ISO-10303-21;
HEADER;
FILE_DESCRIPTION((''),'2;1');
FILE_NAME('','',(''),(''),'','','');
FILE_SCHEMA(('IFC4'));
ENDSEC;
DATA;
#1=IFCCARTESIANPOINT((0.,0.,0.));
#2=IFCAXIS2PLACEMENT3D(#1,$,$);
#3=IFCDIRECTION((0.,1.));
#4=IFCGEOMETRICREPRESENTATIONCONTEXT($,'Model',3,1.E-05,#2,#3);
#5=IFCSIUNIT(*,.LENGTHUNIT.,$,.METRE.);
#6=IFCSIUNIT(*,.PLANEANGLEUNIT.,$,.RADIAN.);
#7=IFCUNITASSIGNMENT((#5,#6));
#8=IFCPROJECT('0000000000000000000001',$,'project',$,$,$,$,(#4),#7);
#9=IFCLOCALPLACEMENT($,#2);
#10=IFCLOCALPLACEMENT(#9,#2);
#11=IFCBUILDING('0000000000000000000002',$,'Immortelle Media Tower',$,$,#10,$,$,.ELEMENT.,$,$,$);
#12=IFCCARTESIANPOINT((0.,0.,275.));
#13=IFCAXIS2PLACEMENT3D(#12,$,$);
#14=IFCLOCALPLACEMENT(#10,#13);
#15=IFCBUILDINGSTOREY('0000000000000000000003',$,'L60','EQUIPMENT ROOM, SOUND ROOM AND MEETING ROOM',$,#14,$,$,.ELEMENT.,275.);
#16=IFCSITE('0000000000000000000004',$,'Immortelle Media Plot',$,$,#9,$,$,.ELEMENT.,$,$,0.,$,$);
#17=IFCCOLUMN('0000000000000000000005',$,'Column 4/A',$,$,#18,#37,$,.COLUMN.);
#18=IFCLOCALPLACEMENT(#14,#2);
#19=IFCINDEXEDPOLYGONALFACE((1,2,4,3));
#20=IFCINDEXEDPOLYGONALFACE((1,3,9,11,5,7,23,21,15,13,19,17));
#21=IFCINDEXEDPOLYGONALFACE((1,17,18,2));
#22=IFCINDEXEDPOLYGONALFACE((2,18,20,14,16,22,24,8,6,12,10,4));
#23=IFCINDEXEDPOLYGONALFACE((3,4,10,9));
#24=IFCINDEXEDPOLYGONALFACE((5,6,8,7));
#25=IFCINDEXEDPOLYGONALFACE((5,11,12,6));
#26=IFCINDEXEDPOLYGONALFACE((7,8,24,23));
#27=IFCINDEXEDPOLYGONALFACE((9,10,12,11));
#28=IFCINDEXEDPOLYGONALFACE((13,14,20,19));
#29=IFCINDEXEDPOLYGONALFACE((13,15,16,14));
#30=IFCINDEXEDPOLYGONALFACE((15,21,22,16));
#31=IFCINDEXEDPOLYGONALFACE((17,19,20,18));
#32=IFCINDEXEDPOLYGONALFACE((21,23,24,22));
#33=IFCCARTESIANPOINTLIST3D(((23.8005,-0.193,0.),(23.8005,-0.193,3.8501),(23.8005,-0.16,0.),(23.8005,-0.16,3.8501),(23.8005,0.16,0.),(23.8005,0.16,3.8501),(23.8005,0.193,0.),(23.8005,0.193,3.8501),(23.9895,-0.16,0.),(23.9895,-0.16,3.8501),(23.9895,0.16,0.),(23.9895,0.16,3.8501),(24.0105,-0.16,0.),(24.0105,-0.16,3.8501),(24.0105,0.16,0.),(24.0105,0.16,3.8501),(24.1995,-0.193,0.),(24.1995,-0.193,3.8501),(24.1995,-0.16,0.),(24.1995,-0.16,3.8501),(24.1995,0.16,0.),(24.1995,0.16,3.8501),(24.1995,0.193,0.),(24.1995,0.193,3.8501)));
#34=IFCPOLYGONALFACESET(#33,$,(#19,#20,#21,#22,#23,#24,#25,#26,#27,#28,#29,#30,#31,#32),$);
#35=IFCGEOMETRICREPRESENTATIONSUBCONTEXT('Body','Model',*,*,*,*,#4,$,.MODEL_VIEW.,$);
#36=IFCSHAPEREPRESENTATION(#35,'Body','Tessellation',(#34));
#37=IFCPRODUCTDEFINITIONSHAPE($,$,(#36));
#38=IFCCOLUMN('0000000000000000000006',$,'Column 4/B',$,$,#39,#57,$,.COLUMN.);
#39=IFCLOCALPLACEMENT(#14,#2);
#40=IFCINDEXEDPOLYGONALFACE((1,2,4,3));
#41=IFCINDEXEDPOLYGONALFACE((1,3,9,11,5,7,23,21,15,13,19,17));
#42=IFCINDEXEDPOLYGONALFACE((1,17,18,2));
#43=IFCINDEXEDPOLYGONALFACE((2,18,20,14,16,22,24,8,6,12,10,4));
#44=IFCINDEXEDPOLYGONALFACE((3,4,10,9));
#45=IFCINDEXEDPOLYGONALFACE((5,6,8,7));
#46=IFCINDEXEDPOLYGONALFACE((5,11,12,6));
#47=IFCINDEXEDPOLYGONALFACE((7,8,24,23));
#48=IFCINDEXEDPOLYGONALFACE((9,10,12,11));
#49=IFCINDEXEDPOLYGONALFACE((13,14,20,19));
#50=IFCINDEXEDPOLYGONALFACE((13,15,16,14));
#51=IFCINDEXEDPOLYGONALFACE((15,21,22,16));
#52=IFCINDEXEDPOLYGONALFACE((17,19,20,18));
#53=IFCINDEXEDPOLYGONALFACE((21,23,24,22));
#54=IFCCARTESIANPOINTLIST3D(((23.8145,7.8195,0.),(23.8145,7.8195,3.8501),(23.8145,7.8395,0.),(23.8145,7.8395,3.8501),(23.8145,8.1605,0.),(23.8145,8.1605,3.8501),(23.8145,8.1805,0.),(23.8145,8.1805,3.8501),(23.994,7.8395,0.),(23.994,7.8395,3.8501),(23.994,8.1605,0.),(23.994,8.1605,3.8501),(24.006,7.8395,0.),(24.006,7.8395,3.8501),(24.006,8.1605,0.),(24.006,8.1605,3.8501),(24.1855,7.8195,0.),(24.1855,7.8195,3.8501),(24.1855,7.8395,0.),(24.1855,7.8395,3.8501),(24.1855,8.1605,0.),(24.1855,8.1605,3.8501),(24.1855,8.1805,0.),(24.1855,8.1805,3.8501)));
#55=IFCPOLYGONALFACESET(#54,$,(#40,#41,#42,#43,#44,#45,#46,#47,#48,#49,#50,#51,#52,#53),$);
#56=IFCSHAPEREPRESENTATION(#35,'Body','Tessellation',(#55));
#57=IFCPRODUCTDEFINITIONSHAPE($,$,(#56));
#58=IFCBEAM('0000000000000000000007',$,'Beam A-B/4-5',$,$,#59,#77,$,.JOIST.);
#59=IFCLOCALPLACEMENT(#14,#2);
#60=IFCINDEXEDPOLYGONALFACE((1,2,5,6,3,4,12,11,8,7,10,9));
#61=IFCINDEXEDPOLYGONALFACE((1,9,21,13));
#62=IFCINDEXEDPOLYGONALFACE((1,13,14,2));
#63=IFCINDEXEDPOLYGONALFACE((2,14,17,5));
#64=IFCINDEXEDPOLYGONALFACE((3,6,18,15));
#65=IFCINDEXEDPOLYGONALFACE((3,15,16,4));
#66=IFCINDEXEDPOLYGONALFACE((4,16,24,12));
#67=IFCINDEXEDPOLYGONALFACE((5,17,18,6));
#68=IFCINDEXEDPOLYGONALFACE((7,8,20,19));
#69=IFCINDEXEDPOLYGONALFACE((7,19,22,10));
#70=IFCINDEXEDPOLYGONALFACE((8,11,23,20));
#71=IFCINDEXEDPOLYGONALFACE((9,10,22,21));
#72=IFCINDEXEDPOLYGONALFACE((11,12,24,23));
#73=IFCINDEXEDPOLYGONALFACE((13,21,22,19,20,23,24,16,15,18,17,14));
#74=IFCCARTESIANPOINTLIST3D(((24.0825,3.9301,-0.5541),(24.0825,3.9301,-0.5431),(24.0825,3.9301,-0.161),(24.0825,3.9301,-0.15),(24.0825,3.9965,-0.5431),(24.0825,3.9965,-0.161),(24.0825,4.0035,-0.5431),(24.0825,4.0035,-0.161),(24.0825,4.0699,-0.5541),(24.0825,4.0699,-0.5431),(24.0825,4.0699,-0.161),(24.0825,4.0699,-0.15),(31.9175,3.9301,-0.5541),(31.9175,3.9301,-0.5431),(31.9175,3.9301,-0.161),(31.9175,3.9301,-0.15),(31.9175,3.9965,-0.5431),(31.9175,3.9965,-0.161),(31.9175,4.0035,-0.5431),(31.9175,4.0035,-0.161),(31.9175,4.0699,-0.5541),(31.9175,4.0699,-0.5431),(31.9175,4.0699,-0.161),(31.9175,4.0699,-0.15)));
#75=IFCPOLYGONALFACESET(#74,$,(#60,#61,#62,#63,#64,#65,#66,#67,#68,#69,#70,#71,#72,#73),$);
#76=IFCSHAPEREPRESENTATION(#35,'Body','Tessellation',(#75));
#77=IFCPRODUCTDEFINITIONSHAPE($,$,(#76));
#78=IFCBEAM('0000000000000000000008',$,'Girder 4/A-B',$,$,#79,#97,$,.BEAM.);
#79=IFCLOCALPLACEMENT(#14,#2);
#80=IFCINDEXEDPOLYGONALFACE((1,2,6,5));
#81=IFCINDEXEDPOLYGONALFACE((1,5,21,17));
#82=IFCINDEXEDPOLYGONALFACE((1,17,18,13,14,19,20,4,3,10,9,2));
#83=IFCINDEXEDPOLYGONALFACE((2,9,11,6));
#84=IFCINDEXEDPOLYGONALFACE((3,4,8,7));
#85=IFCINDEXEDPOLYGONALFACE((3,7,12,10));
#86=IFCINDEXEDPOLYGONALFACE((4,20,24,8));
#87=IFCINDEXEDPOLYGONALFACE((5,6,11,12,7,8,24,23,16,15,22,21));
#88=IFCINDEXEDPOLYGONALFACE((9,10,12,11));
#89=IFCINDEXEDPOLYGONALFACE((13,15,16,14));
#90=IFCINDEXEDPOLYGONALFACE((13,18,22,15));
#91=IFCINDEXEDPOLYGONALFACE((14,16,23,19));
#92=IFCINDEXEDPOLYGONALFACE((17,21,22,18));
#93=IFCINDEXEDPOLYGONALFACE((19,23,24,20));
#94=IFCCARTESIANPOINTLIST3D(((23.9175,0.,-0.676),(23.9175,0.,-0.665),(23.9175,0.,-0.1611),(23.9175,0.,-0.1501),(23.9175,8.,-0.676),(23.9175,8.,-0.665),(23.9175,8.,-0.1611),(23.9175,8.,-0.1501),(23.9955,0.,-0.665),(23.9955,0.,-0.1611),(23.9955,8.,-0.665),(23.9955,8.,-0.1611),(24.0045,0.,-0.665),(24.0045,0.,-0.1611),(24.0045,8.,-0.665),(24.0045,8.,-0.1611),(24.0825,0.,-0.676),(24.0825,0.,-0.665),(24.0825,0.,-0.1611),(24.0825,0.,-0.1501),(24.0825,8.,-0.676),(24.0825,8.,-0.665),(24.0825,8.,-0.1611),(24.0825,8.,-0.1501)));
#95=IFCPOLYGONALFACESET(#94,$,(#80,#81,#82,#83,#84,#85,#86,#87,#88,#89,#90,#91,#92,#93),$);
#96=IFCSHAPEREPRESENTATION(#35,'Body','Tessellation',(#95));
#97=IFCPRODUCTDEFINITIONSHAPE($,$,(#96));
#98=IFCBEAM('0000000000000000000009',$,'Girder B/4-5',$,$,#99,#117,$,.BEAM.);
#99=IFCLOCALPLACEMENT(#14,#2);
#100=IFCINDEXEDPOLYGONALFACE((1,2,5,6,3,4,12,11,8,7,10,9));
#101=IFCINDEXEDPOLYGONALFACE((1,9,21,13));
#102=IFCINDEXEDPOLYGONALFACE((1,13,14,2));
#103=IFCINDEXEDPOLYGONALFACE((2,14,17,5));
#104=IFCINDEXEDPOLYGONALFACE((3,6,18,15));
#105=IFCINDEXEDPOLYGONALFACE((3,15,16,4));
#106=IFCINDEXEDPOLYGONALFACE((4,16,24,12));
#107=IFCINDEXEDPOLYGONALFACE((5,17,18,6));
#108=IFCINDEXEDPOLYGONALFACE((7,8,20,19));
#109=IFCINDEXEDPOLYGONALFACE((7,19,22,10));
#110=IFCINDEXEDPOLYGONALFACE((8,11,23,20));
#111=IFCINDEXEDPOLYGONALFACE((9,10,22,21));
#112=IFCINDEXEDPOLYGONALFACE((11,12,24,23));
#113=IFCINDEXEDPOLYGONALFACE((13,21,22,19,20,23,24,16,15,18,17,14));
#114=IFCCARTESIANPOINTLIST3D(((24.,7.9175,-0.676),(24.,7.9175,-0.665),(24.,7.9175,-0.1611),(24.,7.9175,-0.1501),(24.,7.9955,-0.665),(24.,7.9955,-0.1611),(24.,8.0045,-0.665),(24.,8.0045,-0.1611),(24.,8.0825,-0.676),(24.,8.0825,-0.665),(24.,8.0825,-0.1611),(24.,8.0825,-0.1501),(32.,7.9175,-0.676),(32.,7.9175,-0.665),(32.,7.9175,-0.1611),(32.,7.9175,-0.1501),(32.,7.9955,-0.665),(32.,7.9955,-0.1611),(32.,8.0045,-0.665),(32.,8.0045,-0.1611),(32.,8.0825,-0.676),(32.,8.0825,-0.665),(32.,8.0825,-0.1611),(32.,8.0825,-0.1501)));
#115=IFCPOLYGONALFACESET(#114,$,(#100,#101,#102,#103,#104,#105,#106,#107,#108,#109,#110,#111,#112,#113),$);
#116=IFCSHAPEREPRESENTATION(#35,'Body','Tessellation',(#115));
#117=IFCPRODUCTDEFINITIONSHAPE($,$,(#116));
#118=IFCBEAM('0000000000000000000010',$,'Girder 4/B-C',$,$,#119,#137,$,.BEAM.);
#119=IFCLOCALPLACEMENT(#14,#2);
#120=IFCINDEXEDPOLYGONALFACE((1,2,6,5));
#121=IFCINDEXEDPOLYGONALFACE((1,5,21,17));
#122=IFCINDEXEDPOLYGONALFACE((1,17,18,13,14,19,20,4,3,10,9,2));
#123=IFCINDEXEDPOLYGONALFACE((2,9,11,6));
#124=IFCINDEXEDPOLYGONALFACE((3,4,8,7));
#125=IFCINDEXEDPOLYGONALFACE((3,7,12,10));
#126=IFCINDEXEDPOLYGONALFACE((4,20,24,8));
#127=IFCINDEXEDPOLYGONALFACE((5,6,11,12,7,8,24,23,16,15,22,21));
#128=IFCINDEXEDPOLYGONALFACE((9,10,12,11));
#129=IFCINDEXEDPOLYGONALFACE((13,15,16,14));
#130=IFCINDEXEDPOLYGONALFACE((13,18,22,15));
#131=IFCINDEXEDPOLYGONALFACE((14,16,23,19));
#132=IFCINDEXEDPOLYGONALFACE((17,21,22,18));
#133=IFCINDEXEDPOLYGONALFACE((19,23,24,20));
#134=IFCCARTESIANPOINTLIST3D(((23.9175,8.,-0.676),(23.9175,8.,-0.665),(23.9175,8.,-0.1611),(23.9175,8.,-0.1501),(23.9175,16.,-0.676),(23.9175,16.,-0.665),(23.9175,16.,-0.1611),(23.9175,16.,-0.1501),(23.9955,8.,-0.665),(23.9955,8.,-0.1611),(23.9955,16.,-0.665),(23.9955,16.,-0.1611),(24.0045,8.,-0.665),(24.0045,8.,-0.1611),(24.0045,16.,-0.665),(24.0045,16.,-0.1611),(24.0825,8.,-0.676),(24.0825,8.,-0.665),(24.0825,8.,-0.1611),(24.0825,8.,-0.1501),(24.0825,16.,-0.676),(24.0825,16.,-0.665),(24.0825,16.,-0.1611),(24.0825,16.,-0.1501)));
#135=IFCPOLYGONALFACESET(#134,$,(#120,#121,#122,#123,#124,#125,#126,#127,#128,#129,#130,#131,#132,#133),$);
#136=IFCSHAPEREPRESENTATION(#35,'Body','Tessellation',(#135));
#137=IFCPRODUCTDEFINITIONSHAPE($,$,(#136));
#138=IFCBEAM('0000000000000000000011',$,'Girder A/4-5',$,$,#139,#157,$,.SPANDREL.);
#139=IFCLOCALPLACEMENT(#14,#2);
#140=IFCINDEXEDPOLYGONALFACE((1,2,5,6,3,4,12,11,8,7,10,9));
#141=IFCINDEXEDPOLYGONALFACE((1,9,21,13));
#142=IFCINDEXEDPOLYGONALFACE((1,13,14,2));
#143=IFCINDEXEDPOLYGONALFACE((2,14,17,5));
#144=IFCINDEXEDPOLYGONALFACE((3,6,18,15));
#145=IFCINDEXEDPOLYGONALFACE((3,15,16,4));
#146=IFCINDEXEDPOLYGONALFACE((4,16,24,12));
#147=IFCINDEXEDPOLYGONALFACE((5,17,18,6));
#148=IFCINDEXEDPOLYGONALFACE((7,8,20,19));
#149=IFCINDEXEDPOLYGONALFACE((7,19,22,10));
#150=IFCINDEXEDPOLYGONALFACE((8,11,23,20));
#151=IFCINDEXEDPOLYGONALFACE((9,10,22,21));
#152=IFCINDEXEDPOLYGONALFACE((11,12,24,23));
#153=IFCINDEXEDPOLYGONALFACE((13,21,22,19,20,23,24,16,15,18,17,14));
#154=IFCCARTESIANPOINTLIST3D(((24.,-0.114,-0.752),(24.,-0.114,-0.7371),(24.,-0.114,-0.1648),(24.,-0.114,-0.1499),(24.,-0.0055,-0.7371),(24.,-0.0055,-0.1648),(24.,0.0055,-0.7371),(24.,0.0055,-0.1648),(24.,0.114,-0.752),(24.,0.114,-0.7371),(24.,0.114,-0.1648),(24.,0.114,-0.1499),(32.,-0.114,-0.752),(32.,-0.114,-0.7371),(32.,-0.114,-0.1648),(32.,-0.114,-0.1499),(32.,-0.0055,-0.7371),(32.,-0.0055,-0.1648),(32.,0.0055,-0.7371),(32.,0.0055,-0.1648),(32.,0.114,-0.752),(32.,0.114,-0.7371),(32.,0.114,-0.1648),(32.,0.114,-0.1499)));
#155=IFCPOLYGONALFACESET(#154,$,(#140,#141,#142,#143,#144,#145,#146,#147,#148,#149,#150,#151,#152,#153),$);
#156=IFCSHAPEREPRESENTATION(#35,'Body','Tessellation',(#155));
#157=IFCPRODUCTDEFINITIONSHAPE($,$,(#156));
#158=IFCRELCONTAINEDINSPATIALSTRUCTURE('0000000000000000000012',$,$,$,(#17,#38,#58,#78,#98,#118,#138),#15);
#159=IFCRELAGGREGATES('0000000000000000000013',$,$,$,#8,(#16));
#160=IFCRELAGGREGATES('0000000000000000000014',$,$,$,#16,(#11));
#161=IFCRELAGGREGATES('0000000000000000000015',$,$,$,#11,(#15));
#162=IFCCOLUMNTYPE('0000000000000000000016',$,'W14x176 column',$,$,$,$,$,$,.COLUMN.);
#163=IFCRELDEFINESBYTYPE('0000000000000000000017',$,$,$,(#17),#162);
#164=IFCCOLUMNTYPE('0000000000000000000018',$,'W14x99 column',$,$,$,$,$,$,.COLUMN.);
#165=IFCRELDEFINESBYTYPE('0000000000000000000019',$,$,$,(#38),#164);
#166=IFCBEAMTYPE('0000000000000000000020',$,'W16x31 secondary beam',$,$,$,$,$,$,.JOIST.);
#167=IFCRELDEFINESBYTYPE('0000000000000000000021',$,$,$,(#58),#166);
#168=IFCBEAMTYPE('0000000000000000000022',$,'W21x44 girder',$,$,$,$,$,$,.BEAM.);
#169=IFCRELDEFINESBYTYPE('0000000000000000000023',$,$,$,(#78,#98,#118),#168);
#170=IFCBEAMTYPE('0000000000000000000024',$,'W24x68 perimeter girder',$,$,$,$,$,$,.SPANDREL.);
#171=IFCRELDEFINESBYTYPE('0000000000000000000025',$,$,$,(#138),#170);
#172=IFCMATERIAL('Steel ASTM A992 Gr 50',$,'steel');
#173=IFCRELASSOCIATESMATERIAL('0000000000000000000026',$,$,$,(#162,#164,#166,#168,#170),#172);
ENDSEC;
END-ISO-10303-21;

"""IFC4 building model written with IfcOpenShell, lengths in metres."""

from ifc_helpers import new_model, si_unit, direction, frame, origin, origin_2d, place, context, subcontext, project, spatial, i_section, extrude, material, material_profile, profile_set, type_object, element, save


model = new_model("IFC4")

# Units and contexts
model_context = context("Model", 3, precision=1e-05, world=origin(), true_north=direction((0.0, 1.0)))
body_context = subcontext(model_context, "Body", "Model", "MODEL_VIEW")
ifc_project = project(units=[si_unit("LENGTHUNIT", "METRE"), si_unit("PLANEANGLEUNIT", "RADIAN")], contexts=[model_context])

# Site, building, storey
site_placement = place(None, origin())
site = spatial("IfcSite", under=ifc_project, at=site_placement, Name="Immortelle Media Plot", CompositionType="ELEMENT", RefElevation=0.0)
building_placement = place(site_placement, origin())
building = spatial("IfcBuilding", under=site, at=building_placement, Name="Immortelle Media Tower", CompositionType="ELEMENT")
storey_placement = place(building_placement, frame((0.0, 0.0, 275.0)))
storey = spatial("IfcBuildingStorey", under=building, at=storey_placement, Name="L60", Description="EQUIPMENT ROOM, SOUND ROOM AND MEETING ROOM", CompositionType="ELEMENT", Elevation=275.0)

# Columns
ifc_material_1 = material(Name="Steel ASTM A992 Gr 50", Category="steel")
ifc_material_profile_1 = material_profile(ifc_material_1, i_section(OverallWidth=0.3989, OverallDepth=0.386, WebThickness=0.021, FlangeThickness=0.033, at=origin_2d()), Name="W14x176")
ifc_profile_set_1 = profile_set([ifc_material_profile_1], Name="Steel ASTM A992 Gr 50")
column_type_1 = type_object("IfcColumnType", Name="W14x176 column", PredefinedType="COLUMN", material=ifc_profile_set_1)
column_1_placement = place(storey_placement, frame((24.0, 0.0, 0.0), z_axis=(0.0, 0.0, 1.0), x_axis=(1.0, 0.0, 0.0)))
element("IfcColumn", 1, at=column_1_placement, inside=storey, type_object=column_type_1, Name="Column 4/A", PredefinedType="COLUMN", context=body_context, shape_type="SweptSolid", body=[
    extrude(i_section(OverallWidth=0.3989, OverallDepth=0.386, WebThickness=0.021, FlangeThickness=0.033, at=origin_2d()), origin(), (0.0, 0.0, 1.0), 3.8501),
])
ifc_material_profile_2 = material_profile(ifc_material_1, i_section(OverallWidth=0.3711, OverallDepth=0.3611, WebThickness=0.012, FlangeThickness=0.02, at=origin_2d()), Name="W14x99")
ifc_profile_set_2 = profile_set([ifc_material_profile_2], Name="Steel ASTM A992 Gr 50")
column_type_2 = type_object("IfcColumnType", Name="W14x99 column", PredefinedType="COLUMN", material=ifc_profile_set_2)
column_2_placement = place(storey_placement, frame((24.0, 8.0, 0.0), z_axis=(0.0, 0.0, 1.0), x_axis=(1.0, 0.0, 0.0)))
element("IfcColumn", 2, at=column_2_placement, inside=storey, type_object=column_type_2, Name="Column 4/B", PredefinedType="COLUMN", context=body_context, shape_type="SweptSolid", body=[
    extrude(i_section(OverallWidth=0.3711, OverallDepth=0.3611, WebThickness=0.012, FlangeThickness=0.02, at=origin_2d()), origin(), (0.0, 0.0, 1.0), 3.8501),
])

# Beams
ifc_material_profile_3 = material_profile(ifc_material_1, i_section(OverallWidth=0.1399, OverallDepth=0.4041, WebThickness=0.0071, FlangeThickness=0.011, at=origin_2d()), Name="W16x31")
ifc_profile_set_3 = profile_set([ifc_material_profile_3], Name="Steel ASTM A992 Gr 50")
beam_type_1 = type_object("IfcBeamType", Name="W16x31 secondary beam", PredefinedType="JOIST", material=ifc_profile_set_3)
beam_1_placement = place(storey_placement, frame((24.0825, 4.0, -0.3521), z_axis=(1.0, 0.0, 0.0), x_axis=(0.0, 1.0, 0.0)))
element("IfcBeam", 3, at=beam_1_placement, inside=storey, type_object=beam_type_1, Name="Beam A-B/4-5", PredefinedType="JOIST", context=body_context, shape_type="SweptSolid", body=[
    extrude(i_section(OverallWidth=0.1399, OverallDepth=0.4041, WebThickness=0.0071, FlangeThickness=0.011, at=origin_2d()), origin(), (0.0, 0.0, 1.0), 7.835),
])
ifc_material_profile_4 = material_profile(ifc_material_1, i_section(OverallWidth=0.165, OverallDepth=0.5259, WebThickness=0.009, FlangeThickness=0.011, at=origin_2d()), Name="W21x44")
ifc_profile_set_4 = profile_set([ifc_material_profile_4], Name="Steel ASTM A992 Gr 50")
beam_type_2 = type_object("IfcBeamType", Name="W21x44 girder", PredefinedType="BEAM", material=ifc_profile_set_4)
for number, where, z_axis, x_axis, name in (
    (4, (24.0, 0.0, -0.4131), (0.0, 1.0, 0.0), (-1.0, 0.0, 0.0), "Girder 4/A-B"),
    (5, (24.0, 8.0, -0.4131), (1.0, 0.0, 0.0), (0.0, 1.0, 0.0), "Girder B/4-5"),
    (6, (24.0, 8.0, -0.4131), (0.0, 1.0, 0.0), (-1.0, 0.0, 0.0), "Girder 4/B-C"),
):
    element("IfcBeam", number, at=place(storey_placement, frame(where, z_axis=z_axis, x_axis=x_axis)), inside=storey, type_object=beam_type_2, Name=name, PredefinedType="BEAM", context=body_context, shape_type="SweptSolid", body=[
        extrude(i_section(OverallWidth=0.165, OverallDepth=0.5259, WebThickness=0.009, FlangeThickness=0.011, at=origin_2d()), origin(), (0.0, 0.0, 1.0), 8.0),
    ])
ifc_material_profile_5 = material_profile(ifc_material_1, i_section(OverallWidth=0.228, OverallDepth=0.6021, WebThickness=0.011, FlangeThickness=0.0149, at=origin_2d()), Name="W24x68")
ifc_profile_set_5 = profile_set([ifc_material_profile_5], Name="Steel ASTM A992 Gr 50")
beam_type_3 = type_object("IfcBeamType", Name="W24x68 perimeter girder", PredefinedType="SPANDREL", material=ifc_profile_set_5)
beam_2_placement = place(storey_placement, frame((24.0, 0.0, -0.4509), z_axis=(1.0, 0.0, 0.0), x_axis=(0.0, 1.0, 0.0)))
element("IfcBeam", 7, at=beam_2_placement, inside=storey, type_object=beam_type_3, Name="Girder A/4-5", PredefinedType="SPANDREL", context=body_context, shape_type="SweptSolid", body=[
    extrude(i_section(OverallWidth=0.228, OverallDepth=0.6021, WebThickness=0.011, FlangeThickness=0.0149, at=origin_2d()), origin(), (0.0, 0.0, 1.0), 8.0),
])

save(model, "model.ifc")
